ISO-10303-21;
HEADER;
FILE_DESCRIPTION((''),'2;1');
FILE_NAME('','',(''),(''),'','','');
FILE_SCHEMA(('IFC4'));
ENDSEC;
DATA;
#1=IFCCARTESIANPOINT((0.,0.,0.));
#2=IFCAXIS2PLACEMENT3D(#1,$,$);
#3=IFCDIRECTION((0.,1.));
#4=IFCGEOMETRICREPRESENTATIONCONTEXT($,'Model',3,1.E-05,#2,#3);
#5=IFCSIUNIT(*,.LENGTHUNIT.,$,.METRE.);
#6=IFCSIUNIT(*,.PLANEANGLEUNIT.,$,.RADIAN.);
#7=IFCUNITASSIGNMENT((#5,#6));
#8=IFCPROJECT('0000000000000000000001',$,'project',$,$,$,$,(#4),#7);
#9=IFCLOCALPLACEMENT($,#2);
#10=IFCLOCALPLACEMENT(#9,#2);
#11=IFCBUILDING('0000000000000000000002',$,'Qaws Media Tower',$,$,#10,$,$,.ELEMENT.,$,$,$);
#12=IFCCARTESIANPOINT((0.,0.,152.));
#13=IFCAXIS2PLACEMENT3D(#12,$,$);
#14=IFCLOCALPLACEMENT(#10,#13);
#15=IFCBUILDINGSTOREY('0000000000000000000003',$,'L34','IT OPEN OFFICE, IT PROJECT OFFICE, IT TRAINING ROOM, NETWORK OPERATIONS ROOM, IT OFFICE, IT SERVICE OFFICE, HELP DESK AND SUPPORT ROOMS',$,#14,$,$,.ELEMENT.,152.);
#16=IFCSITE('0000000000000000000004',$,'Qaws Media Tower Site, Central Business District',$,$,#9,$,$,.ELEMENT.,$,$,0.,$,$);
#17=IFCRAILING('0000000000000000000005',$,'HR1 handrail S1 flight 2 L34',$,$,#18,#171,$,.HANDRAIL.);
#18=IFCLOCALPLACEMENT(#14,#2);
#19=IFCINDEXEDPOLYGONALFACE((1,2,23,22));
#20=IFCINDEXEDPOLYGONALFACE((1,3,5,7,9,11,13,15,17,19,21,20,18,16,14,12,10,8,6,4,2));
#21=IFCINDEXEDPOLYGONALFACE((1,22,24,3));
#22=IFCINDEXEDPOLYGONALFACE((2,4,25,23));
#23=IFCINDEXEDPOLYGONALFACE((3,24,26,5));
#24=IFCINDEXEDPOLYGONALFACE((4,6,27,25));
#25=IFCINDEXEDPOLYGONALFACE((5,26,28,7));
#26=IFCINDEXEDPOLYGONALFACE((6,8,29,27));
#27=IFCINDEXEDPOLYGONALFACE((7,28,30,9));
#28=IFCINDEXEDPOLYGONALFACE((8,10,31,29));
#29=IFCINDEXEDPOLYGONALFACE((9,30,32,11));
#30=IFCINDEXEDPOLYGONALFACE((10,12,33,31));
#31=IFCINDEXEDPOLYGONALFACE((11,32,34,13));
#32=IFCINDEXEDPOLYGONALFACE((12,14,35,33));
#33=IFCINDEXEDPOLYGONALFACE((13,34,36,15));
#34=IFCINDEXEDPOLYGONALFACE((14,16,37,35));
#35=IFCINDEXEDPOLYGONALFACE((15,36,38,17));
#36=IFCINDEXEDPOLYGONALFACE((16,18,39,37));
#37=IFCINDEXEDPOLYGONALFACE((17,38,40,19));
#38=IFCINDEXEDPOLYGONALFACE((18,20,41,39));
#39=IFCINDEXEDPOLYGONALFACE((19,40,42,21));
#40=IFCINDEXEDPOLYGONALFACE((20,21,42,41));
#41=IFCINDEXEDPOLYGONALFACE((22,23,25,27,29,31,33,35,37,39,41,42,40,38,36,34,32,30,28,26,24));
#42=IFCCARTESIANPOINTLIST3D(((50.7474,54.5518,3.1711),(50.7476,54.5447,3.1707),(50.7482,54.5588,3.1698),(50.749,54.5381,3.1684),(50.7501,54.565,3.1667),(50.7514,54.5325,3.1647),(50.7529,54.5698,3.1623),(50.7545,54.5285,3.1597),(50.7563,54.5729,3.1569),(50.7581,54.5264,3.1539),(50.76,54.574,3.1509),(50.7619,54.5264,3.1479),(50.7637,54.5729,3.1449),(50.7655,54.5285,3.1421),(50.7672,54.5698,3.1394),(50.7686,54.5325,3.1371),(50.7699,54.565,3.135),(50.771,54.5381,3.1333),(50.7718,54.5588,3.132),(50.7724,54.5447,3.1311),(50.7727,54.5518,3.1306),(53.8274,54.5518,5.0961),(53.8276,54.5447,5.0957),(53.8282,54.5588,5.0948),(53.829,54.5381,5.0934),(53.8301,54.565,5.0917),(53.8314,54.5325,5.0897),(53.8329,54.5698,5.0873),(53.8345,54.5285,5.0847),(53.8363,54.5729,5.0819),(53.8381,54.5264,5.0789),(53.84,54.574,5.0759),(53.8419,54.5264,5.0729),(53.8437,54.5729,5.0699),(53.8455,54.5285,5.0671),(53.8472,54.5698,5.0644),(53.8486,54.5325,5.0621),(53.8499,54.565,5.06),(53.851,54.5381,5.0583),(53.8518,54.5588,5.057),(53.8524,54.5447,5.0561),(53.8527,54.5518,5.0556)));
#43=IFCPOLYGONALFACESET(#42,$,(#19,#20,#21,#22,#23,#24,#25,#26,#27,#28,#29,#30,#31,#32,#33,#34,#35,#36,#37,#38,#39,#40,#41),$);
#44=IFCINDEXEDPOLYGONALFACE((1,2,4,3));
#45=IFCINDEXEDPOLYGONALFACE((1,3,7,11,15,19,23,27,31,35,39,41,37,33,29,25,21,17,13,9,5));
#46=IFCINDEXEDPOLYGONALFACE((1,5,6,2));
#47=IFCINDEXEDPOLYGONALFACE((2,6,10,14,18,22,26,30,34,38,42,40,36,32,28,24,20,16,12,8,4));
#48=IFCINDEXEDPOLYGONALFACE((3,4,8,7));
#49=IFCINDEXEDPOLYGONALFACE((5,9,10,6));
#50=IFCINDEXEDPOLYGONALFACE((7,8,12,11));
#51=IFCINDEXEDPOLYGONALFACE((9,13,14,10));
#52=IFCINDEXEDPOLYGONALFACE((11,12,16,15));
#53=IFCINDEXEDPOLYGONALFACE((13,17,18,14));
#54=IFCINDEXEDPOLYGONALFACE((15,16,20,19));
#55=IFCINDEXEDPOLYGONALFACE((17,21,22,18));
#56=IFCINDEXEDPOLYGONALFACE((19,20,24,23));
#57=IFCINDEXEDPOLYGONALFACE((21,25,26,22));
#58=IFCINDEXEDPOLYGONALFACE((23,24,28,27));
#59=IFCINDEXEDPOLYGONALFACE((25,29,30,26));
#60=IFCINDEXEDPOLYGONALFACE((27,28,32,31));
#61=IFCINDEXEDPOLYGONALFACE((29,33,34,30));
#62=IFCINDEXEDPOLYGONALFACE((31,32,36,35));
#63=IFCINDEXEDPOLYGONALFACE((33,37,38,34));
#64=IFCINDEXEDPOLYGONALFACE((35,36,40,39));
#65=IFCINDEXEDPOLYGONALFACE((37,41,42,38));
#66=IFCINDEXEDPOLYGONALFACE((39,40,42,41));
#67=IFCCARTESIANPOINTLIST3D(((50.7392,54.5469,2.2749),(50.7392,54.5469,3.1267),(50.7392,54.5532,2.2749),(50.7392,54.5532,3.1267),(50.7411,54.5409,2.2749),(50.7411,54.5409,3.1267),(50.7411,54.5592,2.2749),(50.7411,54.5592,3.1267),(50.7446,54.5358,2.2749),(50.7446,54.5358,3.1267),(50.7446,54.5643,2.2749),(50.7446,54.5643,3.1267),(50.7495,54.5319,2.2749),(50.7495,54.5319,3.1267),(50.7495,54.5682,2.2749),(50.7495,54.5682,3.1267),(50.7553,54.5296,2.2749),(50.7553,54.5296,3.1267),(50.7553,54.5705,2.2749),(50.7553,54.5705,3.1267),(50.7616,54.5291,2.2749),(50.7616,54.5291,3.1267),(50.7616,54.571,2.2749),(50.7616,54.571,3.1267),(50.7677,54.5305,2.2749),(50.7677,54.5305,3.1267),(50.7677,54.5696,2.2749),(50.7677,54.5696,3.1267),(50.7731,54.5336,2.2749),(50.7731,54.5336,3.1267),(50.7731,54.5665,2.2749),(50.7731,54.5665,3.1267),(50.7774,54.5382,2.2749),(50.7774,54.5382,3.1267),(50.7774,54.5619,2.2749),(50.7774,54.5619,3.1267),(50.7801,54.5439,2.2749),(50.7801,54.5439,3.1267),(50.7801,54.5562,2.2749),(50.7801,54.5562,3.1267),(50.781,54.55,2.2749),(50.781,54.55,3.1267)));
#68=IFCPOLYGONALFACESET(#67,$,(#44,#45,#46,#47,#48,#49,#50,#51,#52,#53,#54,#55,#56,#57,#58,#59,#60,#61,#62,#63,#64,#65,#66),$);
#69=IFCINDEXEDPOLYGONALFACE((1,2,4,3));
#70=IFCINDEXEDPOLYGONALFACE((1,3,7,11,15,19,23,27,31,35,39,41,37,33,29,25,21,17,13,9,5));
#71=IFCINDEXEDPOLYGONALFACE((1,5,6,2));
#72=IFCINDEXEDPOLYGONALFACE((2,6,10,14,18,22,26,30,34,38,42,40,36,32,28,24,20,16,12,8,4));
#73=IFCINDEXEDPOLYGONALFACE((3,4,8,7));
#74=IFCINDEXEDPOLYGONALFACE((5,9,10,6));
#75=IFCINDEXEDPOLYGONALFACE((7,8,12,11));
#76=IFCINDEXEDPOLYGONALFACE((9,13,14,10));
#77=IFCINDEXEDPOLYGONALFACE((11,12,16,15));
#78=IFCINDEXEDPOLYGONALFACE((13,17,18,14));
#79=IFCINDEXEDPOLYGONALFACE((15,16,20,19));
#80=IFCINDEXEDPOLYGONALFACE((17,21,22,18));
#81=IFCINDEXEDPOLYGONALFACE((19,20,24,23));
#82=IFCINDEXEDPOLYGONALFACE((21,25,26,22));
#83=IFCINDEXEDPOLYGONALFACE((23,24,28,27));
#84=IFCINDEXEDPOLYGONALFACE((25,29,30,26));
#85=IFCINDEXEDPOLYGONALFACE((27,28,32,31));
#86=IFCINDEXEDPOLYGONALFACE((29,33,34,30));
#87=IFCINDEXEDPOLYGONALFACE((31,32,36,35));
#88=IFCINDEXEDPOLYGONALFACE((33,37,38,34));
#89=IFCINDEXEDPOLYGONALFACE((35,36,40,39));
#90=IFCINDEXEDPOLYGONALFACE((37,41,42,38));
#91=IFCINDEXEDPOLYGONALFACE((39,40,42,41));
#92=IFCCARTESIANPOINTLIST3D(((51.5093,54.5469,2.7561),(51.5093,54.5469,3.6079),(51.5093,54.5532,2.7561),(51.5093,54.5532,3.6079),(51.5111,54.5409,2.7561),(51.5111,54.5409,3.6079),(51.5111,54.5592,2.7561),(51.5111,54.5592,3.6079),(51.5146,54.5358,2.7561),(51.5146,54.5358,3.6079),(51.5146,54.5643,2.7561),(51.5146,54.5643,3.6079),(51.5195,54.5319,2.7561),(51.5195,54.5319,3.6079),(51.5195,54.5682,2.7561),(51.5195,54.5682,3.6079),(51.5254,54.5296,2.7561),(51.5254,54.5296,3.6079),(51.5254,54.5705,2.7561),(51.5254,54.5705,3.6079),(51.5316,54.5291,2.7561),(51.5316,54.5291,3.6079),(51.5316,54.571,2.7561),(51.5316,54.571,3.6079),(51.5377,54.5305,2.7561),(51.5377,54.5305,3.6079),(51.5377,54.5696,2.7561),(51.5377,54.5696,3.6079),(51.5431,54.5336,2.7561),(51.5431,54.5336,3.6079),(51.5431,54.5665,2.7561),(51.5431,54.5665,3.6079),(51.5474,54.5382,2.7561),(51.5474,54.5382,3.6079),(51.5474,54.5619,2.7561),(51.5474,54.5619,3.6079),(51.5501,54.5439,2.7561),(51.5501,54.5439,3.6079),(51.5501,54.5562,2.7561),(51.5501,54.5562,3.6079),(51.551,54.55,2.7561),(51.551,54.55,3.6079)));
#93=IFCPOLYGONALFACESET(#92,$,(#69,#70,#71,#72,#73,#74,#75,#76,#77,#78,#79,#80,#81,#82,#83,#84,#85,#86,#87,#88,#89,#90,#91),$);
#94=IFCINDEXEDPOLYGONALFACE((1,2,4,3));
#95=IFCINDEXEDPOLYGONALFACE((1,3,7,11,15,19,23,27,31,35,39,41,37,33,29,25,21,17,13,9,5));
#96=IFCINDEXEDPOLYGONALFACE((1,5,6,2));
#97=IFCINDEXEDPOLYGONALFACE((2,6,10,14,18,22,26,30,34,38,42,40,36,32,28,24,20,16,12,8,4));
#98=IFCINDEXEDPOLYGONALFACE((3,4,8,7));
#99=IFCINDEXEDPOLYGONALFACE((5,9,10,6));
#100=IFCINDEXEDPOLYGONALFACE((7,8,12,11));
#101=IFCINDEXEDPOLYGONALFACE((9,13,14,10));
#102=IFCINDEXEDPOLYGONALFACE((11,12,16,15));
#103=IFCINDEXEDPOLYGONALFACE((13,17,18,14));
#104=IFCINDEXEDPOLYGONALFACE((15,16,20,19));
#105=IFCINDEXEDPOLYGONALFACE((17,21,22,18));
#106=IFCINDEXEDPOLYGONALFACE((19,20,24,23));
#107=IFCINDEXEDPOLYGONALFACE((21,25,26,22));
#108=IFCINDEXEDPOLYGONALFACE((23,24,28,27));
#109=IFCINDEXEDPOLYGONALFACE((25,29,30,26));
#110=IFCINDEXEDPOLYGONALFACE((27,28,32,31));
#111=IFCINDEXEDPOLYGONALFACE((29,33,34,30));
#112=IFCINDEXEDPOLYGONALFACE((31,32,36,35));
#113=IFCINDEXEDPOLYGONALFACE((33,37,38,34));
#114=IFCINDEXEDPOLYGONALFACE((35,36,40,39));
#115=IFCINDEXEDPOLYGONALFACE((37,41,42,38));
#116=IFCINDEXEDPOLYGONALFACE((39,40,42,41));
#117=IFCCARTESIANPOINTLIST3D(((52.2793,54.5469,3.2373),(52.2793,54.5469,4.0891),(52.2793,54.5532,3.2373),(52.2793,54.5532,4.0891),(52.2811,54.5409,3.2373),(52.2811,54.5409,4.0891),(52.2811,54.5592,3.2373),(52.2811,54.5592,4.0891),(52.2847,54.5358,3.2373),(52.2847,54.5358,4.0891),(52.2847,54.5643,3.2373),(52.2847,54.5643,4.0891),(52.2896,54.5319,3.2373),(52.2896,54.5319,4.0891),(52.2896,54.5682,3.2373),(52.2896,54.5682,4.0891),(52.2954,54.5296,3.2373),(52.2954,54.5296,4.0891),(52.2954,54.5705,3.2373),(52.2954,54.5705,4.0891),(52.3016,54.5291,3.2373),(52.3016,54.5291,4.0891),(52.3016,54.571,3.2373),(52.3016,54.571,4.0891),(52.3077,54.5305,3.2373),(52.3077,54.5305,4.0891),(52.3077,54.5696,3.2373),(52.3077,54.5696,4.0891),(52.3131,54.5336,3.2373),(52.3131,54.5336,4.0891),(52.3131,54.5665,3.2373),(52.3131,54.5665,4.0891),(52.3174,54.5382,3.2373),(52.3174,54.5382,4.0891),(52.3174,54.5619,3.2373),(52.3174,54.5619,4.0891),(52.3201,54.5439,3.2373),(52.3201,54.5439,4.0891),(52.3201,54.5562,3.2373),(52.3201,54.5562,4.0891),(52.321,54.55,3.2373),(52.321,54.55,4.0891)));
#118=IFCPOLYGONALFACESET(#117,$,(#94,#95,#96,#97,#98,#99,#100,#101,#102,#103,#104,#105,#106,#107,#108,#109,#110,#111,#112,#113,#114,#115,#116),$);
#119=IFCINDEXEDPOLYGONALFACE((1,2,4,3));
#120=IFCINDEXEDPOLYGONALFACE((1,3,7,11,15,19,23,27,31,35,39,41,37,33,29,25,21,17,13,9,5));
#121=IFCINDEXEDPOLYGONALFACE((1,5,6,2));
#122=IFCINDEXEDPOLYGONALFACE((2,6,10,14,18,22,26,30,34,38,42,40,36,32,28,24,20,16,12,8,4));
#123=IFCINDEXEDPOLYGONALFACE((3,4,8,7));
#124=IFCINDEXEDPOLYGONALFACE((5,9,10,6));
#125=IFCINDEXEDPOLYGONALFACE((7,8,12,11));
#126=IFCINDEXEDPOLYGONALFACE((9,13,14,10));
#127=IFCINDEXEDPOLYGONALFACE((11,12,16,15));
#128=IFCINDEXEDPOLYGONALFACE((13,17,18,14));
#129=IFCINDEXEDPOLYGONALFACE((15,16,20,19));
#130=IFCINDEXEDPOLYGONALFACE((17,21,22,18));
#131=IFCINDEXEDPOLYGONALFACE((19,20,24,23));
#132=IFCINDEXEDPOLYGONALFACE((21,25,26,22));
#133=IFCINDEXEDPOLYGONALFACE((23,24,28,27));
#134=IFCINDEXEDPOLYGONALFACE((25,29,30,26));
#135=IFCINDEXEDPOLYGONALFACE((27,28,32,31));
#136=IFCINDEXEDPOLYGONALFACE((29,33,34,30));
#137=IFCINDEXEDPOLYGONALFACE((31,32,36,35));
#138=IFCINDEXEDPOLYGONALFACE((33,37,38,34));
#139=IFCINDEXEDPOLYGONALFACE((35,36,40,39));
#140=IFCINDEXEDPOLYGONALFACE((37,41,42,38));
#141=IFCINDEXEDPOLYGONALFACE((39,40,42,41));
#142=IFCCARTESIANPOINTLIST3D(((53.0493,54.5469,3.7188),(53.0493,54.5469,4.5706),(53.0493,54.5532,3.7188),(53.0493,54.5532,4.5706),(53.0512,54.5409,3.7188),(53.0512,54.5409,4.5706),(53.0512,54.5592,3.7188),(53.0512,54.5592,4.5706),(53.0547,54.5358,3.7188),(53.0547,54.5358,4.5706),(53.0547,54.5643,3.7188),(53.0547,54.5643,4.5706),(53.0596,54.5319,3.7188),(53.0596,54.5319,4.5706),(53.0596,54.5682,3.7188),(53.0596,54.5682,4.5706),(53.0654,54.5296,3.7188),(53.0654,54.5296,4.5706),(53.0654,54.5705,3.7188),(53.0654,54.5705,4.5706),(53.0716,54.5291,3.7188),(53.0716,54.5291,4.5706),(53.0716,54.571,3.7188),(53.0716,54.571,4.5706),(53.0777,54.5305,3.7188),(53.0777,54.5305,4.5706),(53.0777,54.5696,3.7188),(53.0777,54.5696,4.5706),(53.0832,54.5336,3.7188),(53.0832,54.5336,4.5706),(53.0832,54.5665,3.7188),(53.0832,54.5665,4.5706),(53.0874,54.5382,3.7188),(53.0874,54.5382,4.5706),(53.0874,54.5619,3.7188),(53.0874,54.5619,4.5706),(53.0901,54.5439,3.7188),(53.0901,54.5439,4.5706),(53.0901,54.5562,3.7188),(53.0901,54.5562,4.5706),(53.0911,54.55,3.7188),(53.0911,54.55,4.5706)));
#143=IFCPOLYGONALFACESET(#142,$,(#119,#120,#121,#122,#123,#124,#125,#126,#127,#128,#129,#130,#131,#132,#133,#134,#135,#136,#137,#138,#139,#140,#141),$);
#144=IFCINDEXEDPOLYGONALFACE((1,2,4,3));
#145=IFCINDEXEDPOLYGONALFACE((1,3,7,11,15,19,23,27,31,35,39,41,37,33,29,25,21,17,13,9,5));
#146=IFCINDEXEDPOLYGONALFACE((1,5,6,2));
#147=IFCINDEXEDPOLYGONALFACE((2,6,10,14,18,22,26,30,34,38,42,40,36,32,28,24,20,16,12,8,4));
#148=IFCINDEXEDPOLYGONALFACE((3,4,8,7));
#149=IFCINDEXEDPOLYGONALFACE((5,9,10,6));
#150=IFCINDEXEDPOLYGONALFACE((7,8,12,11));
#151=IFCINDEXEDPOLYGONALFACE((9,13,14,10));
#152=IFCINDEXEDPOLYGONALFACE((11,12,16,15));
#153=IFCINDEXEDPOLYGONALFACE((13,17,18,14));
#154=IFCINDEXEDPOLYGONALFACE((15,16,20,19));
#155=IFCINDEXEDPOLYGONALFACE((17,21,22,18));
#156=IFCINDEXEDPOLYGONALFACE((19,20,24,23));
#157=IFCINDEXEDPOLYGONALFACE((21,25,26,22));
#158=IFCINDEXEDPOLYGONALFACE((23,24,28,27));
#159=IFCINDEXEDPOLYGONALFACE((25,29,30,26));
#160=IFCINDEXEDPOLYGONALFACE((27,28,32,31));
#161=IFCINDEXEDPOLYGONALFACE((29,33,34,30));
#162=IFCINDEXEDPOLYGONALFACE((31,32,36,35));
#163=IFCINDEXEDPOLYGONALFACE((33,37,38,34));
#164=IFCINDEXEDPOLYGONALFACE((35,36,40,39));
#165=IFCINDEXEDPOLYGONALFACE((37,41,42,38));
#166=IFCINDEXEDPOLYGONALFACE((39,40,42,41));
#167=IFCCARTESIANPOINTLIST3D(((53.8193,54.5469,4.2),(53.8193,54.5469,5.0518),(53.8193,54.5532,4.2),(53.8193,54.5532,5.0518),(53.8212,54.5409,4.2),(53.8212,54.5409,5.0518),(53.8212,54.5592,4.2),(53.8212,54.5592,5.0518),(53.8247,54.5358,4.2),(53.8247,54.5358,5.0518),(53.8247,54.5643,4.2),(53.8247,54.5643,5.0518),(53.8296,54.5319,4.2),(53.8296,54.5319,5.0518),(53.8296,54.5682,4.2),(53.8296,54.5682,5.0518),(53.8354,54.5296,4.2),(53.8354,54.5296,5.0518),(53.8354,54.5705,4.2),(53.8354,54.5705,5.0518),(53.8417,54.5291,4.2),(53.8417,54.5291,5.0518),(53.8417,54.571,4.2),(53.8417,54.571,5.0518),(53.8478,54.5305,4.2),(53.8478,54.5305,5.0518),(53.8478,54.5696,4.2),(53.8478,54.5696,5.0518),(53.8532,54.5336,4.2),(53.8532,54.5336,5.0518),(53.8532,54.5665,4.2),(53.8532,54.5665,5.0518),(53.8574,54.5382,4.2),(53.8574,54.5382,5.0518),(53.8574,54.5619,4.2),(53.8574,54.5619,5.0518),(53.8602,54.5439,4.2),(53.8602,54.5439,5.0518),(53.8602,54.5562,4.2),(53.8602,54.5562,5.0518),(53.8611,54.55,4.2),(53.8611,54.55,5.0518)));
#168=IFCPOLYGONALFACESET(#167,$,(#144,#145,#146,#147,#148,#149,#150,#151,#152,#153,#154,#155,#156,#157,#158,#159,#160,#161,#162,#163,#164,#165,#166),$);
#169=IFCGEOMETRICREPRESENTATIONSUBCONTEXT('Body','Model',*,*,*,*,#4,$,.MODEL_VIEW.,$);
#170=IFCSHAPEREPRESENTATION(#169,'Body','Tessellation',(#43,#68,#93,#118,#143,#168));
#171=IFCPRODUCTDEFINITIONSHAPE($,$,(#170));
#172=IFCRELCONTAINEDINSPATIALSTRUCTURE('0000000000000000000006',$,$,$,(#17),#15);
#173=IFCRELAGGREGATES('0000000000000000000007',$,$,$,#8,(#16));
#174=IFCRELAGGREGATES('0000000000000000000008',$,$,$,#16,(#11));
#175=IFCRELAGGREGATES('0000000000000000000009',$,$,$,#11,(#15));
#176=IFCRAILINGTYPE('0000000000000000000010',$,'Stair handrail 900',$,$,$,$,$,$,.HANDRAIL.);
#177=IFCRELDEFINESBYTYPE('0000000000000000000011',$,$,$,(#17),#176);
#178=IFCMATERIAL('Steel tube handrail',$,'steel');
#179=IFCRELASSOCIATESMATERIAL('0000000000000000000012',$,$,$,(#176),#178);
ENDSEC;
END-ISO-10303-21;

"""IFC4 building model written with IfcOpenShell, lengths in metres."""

from ifc_helpers import new_model, si_unit, direction, frame, origin, origin_2d, place, context, subcontext, project, spatial, circle, extrude, material, type_object, element, save


model = new_model("IFC4")

# Units and contexts
model_context = context("Model", 3, precision=1e-05, world=origin(), true_north=direction((0.0, 1.0)))
body_context = subcontext(model_context, "Body", "Model", "MODEL_VIEW")
ifc_project = project(units=[si_unit("LENGTHUNIT", "METRE"), si_unit("PLANEANGLEUNIT", "RADIAN")], contexts=[model_context])

# Site, building, storey
site_placement = place(None, origin())
site = spatial("IfcSite", under=ifc_project, at=site_placement, Name="Qaws Media Tower Site, Central Business District", CompositionType="ELEMENT", RefElevation=0.0)
building_placement = place(site_placement, origin())
building = spatial("IfcBuilding", under=site, at=building_placement, Name="Qaws Media Tower", CompositionType="ELEMENT")
storey_placement = place(building_placement, frame((0.0, 0.0, 152.0)))
storey = spatial("IfcBuildingStorey", under=building, at=storey_placement, Name="L34", Description="IT OPEN OFFICE, IT PROJECT OFFICE, IT TRAINING ROOM, NETWORK OPERATIONS ROOM, IT OFFICE, IT SERVICE OFFICE, HELP DESK AND SUPPORT ROOMS", CompositionType="ELEMENT", Elevation=152.0)

# Railing
ifc_material_1 = material(Name="Steel tube handrail", Category="steel")
railing_type = type_object("IfcRailingType", Name="Stair handrail 900", PredefinedType="HANDRAIL", material=ifc_material_1)
for number, where, name in (
    (1, (50.76, 54.55, 2.2749), "HR1 handrail S1 flight 2 L34"),
):
    element("IfcRailing", number, at=place(storey_placement, frame(where)), inside=storey, type_object=railing_type, Name=name, PredefinedType="HANDRAIL", context=body_context, shape_type="SweptSolid", body=[
        extrude(circle(Radius=0.0239, at=origin_2d()), frame((0.0, 0.0, 0.876), z_axis=(0.847998, 0.0, 0.529999), x_axis=(0.0, 1.0, 0.0)), (0.0, 0.0, 1.0), 3.6321),
        extrude(circle(Radius=0.021, at=origin_2d()), origin(), (0.0, 0.0, 1.0), 0.8518),
        extrude(circle(Radius=0.021, at=origin_2d()), frame((0.77, 0.0, 0.4812)), (0.0, 0.0, 1.0), 0.8518),
        extrude(circle(Radius=0.021, at=origin_2d()), frame((1.54, 0.0, 0.9624)), (0.0, 0.0, 1.0), 0.8518),
        extrude(circle(Radius=0.021, at=origin_2d()), frame((2.3101, 0.0, 1.4438)), (0.0, 0.0, 1.0), 0.8518),
        extrude(circle(Radius=0.021, at=origin_2d()), frame((3.0801, 0.0, 1.925)), (0.0, 0.0, 1.0), 0.8518),
    ])

save(model, "model.ifc")
